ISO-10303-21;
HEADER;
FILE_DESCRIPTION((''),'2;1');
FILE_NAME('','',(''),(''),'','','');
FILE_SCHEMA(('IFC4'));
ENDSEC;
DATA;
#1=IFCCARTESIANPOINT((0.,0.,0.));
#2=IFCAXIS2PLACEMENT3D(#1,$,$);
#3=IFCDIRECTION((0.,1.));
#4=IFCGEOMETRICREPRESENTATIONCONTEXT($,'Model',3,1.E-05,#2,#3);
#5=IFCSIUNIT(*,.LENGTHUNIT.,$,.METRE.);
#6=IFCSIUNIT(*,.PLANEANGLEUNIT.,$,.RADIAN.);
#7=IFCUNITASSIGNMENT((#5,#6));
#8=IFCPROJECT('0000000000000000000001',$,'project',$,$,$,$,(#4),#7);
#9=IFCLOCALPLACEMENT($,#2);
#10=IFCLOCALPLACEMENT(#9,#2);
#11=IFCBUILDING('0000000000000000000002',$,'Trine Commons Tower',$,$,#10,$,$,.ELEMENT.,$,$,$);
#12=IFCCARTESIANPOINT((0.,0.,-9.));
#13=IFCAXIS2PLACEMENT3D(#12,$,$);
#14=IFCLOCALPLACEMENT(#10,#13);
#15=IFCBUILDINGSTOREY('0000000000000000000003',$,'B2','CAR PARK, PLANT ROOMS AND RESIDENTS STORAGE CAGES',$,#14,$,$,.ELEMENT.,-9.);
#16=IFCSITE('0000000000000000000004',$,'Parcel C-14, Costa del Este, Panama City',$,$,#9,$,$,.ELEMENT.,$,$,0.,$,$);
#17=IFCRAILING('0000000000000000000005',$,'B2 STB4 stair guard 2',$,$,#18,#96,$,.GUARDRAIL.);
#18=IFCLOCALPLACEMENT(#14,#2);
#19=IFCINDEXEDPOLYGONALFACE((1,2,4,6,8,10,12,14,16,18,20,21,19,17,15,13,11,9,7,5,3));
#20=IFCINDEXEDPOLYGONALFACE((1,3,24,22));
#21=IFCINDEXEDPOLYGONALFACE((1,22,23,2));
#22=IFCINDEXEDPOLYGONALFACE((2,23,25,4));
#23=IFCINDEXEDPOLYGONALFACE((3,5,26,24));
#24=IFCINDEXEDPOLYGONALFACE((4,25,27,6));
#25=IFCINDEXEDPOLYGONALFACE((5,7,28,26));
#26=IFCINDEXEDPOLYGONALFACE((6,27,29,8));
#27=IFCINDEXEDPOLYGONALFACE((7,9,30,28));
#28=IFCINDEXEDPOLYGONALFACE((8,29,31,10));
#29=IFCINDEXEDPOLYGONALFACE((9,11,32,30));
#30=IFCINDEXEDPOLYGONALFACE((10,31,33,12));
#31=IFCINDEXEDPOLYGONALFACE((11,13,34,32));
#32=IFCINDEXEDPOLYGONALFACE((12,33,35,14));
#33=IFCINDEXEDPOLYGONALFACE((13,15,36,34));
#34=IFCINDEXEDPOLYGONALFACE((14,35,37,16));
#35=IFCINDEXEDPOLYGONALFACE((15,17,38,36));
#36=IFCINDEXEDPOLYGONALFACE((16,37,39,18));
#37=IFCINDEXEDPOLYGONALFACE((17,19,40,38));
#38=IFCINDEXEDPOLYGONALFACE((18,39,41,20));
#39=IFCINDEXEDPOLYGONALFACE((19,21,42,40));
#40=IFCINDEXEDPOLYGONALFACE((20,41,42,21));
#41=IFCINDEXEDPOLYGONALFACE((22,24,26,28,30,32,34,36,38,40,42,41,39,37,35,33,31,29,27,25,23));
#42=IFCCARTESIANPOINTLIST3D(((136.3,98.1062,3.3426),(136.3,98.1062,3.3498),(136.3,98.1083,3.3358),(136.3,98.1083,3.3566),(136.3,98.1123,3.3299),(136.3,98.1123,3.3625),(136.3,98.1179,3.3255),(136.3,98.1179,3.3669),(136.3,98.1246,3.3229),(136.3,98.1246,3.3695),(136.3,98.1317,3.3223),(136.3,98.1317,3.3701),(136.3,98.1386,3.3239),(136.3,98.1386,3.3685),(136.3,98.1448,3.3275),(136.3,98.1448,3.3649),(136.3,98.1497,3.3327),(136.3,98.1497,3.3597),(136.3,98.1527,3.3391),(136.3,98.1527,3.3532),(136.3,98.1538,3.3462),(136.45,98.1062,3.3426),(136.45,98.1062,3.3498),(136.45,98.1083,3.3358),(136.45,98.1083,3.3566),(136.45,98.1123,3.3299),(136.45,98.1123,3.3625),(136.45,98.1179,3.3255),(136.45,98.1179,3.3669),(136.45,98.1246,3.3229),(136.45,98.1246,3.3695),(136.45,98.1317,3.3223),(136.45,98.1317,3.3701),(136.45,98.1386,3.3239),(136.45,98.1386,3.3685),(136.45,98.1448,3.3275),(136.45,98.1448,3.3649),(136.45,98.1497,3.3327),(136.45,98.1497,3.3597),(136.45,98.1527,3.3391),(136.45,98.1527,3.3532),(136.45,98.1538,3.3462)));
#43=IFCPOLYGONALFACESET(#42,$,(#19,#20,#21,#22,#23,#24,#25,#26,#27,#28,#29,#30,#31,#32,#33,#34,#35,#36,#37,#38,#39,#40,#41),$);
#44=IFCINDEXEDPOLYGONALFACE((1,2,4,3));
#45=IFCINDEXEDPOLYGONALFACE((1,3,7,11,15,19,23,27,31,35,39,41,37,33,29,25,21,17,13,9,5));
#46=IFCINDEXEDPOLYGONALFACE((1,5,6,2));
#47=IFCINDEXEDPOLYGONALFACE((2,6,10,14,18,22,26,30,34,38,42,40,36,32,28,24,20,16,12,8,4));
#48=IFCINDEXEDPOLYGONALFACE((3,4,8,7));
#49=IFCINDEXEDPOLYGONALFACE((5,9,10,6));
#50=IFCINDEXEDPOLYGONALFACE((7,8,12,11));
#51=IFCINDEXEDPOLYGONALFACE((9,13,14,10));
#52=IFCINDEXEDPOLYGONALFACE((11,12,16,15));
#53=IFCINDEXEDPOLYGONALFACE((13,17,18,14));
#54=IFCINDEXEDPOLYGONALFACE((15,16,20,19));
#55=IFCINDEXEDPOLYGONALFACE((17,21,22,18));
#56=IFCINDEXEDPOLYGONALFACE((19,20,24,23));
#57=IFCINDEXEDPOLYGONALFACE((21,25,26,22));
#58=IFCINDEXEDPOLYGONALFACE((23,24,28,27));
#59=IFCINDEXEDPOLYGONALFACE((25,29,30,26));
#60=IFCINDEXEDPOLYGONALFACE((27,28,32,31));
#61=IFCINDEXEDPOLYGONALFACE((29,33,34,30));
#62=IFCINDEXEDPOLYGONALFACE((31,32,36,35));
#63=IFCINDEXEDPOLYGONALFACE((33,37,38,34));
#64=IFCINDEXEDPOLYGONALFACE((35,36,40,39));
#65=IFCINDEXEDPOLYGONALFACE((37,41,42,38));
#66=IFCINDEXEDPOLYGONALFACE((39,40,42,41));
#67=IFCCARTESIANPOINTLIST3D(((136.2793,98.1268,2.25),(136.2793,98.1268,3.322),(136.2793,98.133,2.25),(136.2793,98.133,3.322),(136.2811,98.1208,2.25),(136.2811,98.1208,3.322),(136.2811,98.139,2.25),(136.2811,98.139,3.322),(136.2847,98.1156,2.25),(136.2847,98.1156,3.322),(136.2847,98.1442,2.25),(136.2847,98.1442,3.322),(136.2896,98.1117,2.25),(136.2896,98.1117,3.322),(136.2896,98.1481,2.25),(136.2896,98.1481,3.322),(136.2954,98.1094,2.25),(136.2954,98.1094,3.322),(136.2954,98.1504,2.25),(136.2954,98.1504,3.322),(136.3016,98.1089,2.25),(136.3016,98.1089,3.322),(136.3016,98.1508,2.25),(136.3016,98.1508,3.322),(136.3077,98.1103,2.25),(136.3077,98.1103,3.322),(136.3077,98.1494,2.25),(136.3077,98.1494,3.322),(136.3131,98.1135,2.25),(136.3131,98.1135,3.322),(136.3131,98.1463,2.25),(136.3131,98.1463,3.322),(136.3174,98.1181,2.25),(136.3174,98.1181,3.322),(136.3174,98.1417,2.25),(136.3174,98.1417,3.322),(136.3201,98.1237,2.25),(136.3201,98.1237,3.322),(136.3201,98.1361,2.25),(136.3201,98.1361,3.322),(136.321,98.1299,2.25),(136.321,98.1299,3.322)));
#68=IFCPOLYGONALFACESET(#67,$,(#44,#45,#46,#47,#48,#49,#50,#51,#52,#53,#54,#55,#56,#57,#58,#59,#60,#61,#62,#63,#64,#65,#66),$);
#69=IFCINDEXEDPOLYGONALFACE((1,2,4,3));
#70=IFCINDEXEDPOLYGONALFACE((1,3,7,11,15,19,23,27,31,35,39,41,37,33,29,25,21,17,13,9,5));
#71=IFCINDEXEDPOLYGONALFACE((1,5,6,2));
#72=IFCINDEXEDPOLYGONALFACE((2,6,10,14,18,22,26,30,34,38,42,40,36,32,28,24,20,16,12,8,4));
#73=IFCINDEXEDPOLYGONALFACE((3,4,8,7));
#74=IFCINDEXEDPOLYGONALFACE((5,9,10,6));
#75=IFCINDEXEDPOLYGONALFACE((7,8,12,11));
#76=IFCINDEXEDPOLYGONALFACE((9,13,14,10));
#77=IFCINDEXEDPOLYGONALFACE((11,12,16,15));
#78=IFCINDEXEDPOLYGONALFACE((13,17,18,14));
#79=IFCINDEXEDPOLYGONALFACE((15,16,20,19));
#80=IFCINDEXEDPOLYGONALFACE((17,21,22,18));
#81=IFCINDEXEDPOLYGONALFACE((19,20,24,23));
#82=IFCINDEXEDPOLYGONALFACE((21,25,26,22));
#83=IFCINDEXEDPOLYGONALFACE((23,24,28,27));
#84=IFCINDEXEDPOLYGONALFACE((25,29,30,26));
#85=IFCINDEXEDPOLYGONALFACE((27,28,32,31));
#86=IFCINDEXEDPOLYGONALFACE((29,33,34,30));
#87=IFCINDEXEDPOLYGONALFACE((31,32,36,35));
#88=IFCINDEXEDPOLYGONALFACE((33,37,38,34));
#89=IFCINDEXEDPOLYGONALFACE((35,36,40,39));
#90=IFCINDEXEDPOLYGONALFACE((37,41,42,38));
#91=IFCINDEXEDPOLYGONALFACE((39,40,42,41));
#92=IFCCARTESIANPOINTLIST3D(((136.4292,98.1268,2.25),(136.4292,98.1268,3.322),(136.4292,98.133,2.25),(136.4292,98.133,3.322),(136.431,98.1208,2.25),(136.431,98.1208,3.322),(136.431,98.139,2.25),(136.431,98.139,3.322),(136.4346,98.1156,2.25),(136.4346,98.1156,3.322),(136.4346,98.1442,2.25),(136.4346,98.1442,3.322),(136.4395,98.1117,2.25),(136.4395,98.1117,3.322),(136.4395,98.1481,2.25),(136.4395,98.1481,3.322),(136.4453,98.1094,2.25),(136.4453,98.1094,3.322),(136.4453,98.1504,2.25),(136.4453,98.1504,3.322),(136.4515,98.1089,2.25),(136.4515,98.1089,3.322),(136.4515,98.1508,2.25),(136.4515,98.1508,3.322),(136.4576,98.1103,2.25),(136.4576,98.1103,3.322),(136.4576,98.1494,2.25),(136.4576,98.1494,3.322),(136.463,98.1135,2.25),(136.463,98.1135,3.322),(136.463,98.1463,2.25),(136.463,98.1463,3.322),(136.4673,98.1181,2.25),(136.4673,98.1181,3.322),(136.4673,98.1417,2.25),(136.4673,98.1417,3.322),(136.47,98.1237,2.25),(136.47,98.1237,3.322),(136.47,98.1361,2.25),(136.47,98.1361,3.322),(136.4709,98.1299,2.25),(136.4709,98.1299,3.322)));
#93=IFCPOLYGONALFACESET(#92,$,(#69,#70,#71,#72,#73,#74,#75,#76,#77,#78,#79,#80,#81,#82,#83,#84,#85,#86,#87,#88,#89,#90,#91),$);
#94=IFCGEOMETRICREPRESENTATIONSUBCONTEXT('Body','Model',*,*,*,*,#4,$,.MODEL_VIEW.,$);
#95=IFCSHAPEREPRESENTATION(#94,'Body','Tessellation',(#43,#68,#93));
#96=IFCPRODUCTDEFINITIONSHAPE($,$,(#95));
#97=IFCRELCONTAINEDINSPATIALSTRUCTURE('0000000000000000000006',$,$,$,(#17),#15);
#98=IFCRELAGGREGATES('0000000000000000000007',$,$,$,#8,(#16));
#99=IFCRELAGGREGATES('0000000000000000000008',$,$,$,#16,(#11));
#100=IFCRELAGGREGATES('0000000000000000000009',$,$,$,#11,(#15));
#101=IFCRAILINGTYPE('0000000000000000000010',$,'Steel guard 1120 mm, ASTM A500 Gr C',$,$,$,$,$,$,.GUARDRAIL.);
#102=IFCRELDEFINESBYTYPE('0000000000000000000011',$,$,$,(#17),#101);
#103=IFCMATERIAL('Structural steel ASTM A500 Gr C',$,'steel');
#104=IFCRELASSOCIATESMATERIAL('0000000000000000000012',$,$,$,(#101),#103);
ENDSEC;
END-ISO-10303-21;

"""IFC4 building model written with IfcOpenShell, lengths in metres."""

from ifc_helpers import new_model, si_unit, direction, frame, origin, origin_2d, place, context, subcontext, project, spatial, circle, extrude, material, type_object, element, save


model = new_model("IFC4")

# Units and contexts
model_context = context("Model", 3, precision=1e-05, world=origin(), true_north=direction((0.0, 1.0)))
body_context = subcontext(model_context, "Body", "Model", "MODEL_VIEW")
ifc_project = project(units=[si_unit("LENGTHUNIT", "METRE"), si_unit("PLANEANGLEUNIT", "RADIAN")], contexts=[model_context])

# Site, building, storey
site_placement = place(None, origin())
site = spatial("IfcSite", under=ifc_project, at=site_placement, Name="Parcel C-14, Costa del Este, Panama City", CompositionType="ELEMENT", RefElevation=0.0)
building_placement = place(site_placement, origin())
building = spatial("IfcBuilding", under=site, at=building_placement, Name="Trine Commons Tower", CompositionType="ELEMENT")
storey_placement = place(building_placement, frame((0.0, 0.0, -9.0)))
storey = spatial("IfcBuildingStorey", under=building, at=storey_placement, Name="B2", Description="CAR PARK, PLANT ROOMS AND RESIDENTS STORAGE CAGES", CompositionType="ELEMENT", Elevation=-9.0)

# Railing
ifc_material_1 = material(Name="Structural steel ASTM A500 Gr C", Category="steel")
railing_type_1 = type_object("IfcRailingType", Name="Steel guard 1120 mm, ASTM A500 Gr C", PredefinedType="GUARDRAIL", material=ifc_material_1)
railing_1_placement = place(storey_placement, frame((136.3, 98.1299, 2.25)))
element("IfcRailing", 1, at=railing_1_placement, inside=storey, type_object=railing_type_1, Name="B2 STB4 stair guard 2", PredefinedType="GUARDRAIL", context=body_context, shape_type="SweptSolid", body=[
    extrude(circle(Radius=0.0239, at=origin_2d()), frame((0.0, 0.0, 1.0962), z_axis=(1.0, 0.0, 0.0), x_axis=(0.0, 1.0, 0.0)), (0.0, 0.0, 1.0), 0.1499),
    extrude(circle(Radius=0.021, at=origin_2d()), origin(), (0.0, 0.0, 1.0), 1.072),
    extrude(circle(Radius=0.021, at=origin_2d()), frame((0.1499, 0.0, 0.0)), (0.0, 0.0, 1.0), 1.072),
])

save(model, "model.ifc")
